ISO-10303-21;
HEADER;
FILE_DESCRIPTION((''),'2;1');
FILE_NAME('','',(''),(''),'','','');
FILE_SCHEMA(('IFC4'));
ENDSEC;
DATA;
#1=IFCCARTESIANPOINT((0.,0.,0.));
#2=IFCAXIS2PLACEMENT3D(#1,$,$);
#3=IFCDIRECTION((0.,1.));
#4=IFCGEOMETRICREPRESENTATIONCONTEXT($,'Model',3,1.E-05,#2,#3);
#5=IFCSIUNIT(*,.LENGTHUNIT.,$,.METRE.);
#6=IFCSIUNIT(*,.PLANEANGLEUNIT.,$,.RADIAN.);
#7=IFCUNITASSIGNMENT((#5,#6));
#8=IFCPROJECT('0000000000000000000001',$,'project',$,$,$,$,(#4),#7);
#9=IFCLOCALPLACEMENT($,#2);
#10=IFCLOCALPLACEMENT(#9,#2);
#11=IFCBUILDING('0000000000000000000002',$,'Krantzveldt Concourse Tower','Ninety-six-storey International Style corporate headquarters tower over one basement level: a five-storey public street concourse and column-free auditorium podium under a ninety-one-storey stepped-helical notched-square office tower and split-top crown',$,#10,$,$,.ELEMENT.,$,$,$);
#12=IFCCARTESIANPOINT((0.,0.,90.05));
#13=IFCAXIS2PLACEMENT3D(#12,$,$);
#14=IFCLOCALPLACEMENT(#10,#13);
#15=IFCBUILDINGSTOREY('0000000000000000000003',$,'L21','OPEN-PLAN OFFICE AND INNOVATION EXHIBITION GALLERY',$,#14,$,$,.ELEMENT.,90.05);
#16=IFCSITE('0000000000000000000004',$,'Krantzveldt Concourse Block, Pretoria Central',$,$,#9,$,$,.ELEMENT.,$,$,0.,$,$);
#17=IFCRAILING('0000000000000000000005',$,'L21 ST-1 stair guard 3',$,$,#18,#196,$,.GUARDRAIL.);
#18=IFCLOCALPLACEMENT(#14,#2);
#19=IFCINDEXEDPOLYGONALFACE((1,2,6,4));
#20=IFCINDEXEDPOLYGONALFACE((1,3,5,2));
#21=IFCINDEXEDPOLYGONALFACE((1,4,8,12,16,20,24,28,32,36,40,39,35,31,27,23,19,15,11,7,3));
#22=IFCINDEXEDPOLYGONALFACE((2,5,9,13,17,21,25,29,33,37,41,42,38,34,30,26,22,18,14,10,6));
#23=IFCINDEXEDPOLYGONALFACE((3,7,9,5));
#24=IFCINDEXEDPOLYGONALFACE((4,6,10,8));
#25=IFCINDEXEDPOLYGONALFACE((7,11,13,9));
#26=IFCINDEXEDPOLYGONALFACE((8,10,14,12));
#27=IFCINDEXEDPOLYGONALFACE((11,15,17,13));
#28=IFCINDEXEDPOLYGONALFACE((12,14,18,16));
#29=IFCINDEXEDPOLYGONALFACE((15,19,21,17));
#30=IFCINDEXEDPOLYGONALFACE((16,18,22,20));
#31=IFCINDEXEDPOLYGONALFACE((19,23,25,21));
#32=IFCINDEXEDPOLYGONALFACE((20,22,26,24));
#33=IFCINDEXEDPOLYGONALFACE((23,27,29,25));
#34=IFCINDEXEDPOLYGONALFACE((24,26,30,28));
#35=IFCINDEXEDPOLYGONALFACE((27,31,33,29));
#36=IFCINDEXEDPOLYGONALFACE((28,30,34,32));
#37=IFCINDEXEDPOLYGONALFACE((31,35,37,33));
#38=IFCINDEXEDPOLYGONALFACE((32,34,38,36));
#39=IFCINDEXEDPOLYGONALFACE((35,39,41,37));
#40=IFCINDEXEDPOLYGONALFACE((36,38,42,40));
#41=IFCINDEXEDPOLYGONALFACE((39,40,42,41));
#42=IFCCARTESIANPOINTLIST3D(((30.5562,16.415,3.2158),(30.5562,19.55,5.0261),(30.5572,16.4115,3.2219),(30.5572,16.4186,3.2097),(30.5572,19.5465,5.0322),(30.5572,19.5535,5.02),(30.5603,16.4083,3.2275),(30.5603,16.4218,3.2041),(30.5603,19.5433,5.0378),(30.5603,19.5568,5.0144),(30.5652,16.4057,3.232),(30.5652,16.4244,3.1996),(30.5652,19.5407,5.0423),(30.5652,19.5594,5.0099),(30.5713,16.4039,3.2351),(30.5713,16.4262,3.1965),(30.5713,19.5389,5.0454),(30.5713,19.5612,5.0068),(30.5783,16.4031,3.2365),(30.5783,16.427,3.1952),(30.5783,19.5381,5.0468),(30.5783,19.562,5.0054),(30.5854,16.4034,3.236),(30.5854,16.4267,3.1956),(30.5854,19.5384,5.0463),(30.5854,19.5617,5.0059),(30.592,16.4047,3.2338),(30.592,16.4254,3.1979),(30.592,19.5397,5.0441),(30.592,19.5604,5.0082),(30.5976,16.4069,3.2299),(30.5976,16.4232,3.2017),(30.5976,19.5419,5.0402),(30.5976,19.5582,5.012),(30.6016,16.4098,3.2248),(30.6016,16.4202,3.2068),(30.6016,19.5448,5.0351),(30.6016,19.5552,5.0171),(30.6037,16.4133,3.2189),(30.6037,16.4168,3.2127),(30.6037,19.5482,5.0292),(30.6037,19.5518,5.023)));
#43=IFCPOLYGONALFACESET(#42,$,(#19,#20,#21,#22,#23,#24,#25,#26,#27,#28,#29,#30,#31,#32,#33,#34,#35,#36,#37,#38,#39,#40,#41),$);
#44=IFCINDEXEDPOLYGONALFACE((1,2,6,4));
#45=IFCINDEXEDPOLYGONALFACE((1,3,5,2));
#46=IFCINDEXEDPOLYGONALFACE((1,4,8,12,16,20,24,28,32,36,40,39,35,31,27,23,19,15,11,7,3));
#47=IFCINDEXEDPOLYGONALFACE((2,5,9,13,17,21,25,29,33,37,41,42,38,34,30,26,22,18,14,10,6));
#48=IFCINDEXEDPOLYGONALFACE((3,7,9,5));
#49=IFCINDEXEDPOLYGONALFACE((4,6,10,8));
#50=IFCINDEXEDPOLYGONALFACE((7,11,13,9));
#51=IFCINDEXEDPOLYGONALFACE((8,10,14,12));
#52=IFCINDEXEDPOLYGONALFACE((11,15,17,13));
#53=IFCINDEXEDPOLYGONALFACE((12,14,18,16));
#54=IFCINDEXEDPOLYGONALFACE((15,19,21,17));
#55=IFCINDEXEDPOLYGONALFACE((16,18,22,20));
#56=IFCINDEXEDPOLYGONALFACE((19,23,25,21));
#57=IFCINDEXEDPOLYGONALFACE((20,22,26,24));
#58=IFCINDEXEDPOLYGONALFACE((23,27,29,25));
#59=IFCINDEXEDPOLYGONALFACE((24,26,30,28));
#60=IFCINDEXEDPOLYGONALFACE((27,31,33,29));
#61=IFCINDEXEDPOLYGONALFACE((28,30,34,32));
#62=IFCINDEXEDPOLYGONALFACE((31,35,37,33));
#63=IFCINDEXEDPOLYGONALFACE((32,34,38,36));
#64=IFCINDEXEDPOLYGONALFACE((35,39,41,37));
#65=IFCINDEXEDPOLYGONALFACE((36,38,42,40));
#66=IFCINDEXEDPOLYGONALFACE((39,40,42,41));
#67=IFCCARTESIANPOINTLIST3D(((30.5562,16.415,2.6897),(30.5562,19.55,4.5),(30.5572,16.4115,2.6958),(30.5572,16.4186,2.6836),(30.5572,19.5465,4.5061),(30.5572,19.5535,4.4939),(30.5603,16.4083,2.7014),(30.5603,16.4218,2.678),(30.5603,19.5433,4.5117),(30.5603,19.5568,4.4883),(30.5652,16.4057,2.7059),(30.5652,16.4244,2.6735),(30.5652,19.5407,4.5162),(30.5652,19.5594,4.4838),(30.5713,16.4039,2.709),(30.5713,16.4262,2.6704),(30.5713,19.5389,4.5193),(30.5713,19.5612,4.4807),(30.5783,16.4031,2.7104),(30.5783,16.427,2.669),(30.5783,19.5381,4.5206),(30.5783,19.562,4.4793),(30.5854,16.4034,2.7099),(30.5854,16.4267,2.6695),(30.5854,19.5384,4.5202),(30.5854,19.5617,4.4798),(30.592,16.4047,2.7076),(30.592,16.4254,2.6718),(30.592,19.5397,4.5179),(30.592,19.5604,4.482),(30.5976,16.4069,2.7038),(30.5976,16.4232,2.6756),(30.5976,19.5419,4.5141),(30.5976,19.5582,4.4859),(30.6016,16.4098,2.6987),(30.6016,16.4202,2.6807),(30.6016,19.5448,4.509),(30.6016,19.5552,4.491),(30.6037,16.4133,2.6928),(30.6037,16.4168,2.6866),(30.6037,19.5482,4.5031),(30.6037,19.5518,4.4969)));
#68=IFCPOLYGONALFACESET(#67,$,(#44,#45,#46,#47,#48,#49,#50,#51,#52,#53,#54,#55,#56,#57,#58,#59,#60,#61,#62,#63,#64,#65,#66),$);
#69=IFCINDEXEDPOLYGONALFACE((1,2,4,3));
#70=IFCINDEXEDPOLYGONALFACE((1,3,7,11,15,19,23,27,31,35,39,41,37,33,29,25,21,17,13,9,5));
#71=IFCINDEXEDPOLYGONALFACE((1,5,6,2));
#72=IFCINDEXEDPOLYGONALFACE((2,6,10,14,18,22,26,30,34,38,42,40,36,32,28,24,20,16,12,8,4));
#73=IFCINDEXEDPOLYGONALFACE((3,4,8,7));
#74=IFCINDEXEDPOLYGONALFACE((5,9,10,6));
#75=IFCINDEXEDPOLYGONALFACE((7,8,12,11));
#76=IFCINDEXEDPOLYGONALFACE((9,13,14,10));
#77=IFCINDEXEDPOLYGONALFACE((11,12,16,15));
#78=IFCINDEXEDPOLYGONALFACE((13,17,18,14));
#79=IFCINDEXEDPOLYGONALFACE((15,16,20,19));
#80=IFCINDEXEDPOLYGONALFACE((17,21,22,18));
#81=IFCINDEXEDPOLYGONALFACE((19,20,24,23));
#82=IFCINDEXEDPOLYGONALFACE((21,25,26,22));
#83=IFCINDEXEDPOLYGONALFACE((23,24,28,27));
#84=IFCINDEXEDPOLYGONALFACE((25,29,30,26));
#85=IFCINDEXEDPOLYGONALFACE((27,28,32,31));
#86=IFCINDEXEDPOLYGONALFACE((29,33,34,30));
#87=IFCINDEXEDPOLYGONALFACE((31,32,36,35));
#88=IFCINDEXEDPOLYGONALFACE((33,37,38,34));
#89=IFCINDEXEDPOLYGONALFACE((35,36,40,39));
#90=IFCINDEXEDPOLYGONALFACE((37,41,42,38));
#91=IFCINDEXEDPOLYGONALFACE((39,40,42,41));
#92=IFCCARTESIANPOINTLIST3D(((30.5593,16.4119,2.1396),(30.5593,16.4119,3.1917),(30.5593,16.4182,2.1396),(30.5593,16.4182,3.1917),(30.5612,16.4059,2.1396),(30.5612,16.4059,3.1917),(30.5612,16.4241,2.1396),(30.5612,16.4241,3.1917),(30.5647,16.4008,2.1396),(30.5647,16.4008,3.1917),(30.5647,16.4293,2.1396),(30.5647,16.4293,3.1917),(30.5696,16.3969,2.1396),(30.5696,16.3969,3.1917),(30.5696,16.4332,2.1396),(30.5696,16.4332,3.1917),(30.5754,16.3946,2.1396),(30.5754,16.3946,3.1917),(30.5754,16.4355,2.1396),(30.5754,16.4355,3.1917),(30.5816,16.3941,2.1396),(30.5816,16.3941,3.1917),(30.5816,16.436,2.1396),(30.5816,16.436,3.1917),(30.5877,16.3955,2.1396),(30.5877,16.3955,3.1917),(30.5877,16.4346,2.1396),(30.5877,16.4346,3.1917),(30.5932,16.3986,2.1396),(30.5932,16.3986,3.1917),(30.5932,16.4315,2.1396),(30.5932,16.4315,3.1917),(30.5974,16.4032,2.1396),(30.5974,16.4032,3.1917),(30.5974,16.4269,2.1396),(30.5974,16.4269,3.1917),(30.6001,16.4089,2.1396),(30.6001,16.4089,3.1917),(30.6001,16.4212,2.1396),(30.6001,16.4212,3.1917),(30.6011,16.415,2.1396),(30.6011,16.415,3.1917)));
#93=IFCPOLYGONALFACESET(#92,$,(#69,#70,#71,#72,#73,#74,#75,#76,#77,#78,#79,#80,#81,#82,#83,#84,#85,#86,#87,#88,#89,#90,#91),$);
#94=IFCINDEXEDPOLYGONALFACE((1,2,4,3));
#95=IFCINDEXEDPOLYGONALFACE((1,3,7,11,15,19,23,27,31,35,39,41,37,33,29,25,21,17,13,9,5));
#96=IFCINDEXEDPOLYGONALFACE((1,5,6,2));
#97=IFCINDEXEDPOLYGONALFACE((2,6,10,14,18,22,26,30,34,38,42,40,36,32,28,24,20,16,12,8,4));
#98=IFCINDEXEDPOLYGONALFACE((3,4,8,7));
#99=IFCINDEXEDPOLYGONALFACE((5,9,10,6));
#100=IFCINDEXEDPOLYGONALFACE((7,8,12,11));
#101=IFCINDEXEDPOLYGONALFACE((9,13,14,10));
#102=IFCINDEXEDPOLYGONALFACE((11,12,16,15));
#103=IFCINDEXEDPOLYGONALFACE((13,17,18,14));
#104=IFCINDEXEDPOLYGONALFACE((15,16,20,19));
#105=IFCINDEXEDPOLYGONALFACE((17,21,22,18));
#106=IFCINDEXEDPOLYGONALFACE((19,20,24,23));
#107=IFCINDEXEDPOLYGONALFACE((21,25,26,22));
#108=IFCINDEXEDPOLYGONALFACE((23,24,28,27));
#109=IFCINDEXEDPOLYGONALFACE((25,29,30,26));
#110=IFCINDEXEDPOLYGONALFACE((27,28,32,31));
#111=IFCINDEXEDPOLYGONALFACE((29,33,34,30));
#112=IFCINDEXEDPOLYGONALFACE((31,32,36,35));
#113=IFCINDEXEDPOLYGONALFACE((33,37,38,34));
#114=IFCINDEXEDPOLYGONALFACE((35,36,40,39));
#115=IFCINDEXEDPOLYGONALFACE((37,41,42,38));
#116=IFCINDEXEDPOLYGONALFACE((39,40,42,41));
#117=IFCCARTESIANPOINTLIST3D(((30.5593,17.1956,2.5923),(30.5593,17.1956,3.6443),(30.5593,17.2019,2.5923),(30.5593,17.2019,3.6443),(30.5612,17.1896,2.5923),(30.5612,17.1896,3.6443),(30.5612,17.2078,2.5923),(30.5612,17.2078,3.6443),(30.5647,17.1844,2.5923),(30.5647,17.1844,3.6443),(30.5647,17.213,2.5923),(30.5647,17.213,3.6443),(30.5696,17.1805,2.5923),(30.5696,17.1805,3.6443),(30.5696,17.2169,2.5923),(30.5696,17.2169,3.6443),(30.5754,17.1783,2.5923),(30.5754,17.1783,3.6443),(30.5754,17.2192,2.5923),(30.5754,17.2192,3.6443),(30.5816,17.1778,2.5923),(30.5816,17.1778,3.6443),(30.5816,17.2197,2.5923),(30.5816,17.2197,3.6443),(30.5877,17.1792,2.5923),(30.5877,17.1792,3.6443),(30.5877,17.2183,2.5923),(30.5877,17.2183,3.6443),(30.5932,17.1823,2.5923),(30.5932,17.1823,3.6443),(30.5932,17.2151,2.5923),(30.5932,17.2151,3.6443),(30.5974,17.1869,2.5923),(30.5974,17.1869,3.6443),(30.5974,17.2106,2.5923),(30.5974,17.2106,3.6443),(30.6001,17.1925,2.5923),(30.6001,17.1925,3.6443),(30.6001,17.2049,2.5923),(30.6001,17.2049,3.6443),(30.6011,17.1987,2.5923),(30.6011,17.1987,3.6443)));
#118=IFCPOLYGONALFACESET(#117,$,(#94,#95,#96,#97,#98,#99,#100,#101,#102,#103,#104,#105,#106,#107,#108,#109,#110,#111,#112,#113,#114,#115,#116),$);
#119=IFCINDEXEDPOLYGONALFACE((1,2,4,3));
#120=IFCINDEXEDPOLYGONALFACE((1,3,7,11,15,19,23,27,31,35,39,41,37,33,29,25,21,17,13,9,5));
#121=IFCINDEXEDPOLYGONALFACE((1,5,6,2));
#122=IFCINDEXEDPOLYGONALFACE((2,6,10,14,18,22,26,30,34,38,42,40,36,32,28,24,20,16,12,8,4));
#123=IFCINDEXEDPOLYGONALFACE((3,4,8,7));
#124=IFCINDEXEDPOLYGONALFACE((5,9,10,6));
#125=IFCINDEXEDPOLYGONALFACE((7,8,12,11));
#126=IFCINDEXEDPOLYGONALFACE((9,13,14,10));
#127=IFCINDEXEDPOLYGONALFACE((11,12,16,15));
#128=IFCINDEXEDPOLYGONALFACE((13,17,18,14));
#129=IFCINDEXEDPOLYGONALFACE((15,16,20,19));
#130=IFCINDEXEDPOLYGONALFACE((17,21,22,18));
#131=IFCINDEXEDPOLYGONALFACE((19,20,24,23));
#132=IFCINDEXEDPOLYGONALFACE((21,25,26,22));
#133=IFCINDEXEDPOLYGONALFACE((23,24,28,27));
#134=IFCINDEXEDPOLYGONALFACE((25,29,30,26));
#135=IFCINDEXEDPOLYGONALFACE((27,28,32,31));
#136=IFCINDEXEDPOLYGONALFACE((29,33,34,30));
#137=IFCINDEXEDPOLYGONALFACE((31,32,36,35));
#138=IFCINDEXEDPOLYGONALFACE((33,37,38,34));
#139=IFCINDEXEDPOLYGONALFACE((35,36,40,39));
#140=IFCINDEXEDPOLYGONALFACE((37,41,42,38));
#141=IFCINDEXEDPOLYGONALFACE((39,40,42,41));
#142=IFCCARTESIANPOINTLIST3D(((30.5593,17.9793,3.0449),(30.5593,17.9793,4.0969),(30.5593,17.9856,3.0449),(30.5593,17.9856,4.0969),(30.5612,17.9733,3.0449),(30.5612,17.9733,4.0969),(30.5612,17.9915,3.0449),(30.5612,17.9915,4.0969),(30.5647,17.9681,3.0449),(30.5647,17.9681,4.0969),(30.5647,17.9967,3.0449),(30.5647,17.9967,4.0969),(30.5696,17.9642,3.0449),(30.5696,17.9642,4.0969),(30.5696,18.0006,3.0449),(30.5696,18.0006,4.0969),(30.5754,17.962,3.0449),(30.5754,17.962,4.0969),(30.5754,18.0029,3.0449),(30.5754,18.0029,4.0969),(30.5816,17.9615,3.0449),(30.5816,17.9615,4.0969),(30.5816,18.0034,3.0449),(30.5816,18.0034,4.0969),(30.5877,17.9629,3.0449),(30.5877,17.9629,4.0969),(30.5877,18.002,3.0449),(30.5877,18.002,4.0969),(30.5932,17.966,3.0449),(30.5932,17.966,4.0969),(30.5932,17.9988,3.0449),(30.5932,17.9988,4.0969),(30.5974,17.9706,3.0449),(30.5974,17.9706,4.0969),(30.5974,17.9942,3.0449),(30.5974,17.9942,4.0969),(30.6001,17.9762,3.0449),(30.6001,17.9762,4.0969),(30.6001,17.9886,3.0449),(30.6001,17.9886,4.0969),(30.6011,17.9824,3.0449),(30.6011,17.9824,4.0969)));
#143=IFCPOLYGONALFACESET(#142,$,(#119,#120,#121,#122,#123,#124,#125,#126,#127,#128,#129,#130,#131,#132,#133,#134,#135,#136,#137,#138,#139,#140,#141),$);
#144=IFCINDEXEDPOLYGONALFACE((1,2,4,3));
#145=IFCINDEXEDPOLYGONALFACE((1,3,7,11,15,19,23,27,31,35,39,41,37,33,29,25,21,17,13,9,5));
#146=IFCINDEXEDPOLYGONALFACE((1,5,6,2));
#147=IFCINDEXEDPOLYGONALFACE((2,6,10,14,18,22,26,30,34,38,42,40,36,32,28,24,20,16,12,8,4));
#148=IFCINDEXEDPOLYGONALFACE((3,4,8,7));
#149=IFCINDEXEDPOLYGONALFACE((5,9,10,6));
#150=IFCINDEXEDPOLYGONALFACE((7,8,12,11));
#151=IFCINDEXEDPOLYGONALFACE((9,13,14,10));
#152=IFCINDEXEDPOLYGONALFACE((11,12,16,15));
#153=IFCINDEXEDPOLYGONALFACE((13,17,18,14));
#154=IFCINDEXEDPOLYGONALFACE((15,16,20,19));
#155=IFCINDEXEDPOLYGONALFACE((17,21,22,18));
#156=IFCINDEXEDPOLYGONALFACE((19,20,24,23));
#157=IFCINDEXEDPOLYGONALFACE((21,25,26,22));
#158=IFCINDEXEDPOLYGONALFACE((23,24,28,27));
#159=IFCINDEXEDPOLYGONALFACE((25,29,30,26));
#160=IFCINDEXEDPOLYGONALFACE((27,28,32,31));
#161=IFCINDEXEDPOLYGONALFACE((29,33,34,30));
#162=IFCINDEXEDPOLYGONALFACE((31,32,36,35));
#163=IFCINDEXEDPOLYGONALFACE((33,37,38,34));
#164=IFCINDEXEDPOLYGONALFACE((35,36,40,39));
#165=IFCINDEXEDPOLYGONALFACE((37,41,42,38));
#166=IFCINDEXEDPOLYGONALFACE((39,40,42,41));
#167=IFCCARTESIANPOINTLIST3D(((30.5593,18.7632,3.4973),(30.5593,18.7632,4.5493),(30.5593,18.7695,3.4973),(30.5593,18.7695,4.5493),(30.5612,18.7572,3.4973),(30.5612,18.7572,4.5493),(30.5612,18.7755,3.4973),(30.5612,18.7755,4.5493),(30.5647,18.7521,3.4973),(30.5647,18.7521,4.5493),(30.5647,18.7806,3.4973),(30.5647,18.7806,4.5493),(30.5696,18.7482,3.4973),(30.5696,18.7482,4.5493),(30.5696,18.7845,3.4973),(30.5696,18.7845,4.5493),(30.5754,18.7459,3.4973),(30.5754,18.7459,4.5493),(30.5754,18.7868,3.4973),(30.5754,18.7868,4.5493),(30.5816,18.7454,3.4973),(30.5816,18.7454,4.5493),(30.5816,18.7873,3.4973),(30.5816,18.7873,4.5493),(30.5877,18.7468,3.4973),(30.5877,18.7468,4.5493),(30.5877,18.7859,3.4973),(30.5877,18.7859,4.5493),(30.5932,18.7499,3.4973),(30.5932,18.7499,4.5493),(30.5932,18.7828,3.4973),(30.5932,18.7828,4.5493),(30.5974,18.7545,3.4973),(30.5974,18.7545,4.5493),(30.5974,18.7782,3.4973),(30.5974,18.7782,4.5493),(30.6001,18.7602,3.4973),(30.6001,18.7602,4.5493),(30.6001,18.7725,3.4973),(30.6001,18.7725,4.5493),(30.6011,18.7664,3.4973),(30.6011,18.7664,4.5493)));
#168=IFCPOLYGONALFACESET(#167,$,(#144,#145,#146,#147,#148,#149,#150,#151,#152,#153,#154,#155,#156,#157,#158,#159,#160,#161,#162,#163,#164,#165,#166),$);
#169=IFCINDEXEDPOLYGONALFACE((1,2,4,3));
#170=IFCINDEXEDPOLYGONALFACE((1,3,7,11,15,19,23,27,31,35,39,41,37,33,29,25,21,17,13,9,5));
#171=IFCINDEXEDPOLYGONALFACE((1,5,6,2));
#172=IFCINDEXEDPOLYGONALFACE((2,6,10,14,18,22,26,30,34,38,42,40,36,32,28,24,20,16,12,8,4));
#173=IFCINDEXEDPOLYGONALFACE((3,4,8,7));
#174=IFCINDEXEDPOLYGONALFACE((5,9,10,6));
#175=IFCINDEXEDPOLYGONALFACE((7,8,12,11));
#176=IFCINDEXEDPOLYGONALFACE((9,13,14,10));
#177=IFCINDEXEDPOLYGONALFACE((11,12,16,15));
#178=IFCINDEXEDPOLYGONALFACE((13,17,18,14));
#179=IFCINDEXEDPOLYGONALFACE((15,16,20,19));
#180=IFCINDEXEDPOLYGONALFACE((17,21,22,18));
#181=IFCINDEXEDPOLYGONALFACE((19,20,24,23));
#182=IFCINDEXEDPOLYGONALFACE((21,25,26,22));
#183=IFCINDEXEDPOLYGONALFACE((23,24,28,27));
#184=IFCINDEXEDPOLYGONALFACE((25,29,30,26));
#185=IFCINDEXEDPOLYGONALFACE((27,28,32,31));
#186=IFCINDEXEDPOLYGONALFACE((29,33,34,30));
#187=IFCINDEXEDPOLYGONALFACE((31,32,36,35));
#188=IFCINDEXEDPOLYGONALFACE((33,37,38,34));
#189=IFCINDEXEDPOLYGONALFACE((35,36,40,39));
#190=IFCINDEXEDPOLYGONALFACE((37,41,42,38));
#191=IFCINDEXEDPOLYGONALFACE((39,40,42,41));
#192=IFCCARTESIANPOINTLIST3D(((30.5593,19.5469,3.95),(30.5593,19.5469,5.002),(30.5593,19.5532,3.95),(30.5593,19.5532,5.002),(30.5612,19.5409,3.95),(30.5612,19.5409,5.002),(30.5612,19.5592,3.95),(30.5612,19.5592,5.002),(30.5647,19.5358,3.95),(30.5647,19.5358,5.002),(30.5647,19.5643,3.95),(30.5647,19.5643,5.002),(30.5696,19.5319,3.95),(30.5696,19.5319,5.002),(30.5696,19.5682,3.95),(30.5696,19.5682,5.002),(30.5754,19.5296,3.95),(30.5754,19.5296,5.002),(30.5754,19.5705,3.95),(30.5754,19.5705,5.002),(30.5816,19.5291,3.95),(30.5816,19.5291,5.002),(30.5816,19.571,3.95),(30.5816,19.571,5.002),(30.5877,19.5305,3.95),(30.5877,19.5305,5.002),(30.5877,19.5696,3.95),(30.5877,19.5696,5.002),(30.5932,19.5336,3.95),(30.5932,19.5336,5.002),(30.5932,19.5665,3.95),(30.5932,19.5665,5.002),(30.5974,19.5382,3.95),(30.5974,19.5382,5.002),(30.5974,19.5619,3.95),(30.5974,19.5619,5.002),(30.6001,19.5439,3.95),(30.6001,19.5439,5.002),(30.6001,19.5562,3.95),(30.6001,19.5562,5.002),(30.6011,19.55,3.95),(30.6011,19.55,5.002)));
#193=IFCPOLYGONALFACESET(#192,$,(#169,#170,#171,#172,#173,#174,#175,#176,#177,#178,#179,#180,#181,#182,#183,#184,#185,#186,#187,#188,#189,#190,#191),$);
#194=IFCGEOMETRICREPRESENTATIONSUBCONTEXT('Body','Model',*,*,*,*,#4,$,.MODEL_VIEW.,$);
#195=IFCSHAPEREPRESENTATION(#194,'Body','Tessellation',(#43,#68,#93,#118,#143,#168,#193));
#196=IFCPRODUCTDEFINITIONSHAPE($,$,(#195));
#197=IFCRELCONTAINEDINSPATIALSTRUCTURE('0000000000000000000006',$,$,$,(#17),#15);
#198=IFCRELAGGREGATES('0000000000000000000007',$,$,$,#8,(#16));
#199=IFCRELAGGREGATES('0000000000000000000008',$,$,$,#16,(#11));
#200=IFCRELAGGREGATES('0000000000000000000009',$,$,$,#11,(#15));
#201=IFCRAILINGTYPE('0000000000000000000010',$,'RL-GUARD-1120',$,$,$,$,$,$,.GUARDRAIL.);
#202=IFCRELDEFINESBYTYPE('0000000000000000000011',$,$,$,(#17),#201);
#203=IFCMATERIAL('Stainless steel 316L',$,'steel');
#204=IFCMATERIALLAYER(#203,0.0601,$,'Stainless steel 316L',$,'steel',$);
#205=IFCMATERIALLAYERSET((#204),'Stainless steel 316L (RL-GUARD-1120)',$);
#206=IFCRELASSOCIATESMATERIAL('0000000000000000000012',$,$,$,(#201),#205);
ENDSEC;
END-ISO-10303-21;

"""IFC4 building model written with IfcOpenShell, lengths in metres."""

from ifc_helpers import new_model, si_unit, direction, frame, origin, origin_2d, place, context, subcontext, project, spatial, circle, extrude, material, layer, layer_set, type_object, element, save


model = new_model("IFC4")

# Units and contexts
model_context = context("Model", 3, precision=1e-05, world=origin(), true_north=direction((0.0, 1.0)))
body_context = subcontext(model_context, "Body", "Model", "MODEL_VIEW")
ifc_project = project(units=[si_unit("LENGTHUNIT", "METRE"), si_unit("PLANEANGLEUNIT", "RADIAN")], contexts=[model_context])

# Site, building, storey
site_placement = place(None, origin())
site = spatial("IfcSite", under=ifc_project, at=site_placement, Name="Krantzveldt Concourse Block, Pretoria Central", CompositionType="ELEMENT", RefElevation=0.0)
building_placement = place(site_placement, origin())
building = spatial("IfcBuilding", under=site, at=building_placement, Name="Krantzveldt Concourse Tower", Description="Ninety-six-storey International Style corporate headquarters tower over one basement level: a five-storey public street concourse and column-free auditorium podium under a ninety-one-storey stepped-helical notched-square office tower and split-top crown", CompositionType="ELEMENT")
storey_placement = place(building_placement, frame((0.0, 0.0, 90.05)))
storey = spatial("IfcBuildingStorey", under=building, at=storey_placement, Name="L21", Description="OPEN-PLAN OFFICE AND INNOVATION EXHIBITION GALLERY", CompositionType="ELEMENT", Elevation=90.05)

# Railing
ifc_material_1 = material(Name="Stainless steel 316L", Category="steel")
ifc_layer_1 = layer(ifc_material_1, 0.0601, Name="Stainless steel 316L", Category="steel")
ifc_layer_set_1 = layer_set([ifc_layer_1], Name="Stainless steel 316L (RL-GUARD-1120)")
railing_type_1 = type_object("IfcRailingType", Name="RL-GUARD-1120", PredefinedType="GUARDRAIL", material=ifc_layer_set_1)
railing_1_placement = place(storey_placement, frame((30.5801, 16.415, 2.1396)))
element("IfcRailing", 1, at=railing_1_placement, inside=storey, type_object=railing_type_1, Name="L21 ST-1 stair guard 3", PredefinedType="GUARDRAIL", context=body_context, shape_type="SweptSolid", body=[
    extrude(circle(Radius=0.0239, at=origin_2d()), frame((0.0, 0.0, 1.0762), z_axis=(0.0, 0.865989, 0.500063), x_axis=(-1.0, 0.0, 0.0)), (0.0, 0.0, 1.0), 3.6201),
    extrude(circle(Radius=0.0239, at=origin_2d()), frame((0.0, 0.0, 0.55), z_axis=(0.0, 0.865989, 0.500063), x_axis=(-1.0, 0.0, 0.0)), (0.0, 0.0, 1.0), 3.6201),
    extrude(circle(Radius=0.021, at=origin_2d()), origin(), (0.0, 0.0, 1.0), 1.052),
    extrude(circle(Radius=0.021, at=origin_2d()), frame((0.0, 0.7837, 0.4526)), (0.0, 0.0, 1.0), 1.052),
    extrude(circle(Radius=0.021, at=origin_2d()), frame((0.0, 1.5674, 0.9053)), (0.0, 0.0, 1.0), 1.052),
    extrude(circle(Radius=0.021, at=origin_2d()), frame((0.0, 2.3513, 1.3577)), (0.0, 0.0, 1.0), 1.052),
    extrude(circle(Radius=0.021, at=origin_2d()), frame((0.0, 3.135, 1.8103)), (0.0, 0.0, 1.0), 1.052),
])

save(model, "model.ifc")
